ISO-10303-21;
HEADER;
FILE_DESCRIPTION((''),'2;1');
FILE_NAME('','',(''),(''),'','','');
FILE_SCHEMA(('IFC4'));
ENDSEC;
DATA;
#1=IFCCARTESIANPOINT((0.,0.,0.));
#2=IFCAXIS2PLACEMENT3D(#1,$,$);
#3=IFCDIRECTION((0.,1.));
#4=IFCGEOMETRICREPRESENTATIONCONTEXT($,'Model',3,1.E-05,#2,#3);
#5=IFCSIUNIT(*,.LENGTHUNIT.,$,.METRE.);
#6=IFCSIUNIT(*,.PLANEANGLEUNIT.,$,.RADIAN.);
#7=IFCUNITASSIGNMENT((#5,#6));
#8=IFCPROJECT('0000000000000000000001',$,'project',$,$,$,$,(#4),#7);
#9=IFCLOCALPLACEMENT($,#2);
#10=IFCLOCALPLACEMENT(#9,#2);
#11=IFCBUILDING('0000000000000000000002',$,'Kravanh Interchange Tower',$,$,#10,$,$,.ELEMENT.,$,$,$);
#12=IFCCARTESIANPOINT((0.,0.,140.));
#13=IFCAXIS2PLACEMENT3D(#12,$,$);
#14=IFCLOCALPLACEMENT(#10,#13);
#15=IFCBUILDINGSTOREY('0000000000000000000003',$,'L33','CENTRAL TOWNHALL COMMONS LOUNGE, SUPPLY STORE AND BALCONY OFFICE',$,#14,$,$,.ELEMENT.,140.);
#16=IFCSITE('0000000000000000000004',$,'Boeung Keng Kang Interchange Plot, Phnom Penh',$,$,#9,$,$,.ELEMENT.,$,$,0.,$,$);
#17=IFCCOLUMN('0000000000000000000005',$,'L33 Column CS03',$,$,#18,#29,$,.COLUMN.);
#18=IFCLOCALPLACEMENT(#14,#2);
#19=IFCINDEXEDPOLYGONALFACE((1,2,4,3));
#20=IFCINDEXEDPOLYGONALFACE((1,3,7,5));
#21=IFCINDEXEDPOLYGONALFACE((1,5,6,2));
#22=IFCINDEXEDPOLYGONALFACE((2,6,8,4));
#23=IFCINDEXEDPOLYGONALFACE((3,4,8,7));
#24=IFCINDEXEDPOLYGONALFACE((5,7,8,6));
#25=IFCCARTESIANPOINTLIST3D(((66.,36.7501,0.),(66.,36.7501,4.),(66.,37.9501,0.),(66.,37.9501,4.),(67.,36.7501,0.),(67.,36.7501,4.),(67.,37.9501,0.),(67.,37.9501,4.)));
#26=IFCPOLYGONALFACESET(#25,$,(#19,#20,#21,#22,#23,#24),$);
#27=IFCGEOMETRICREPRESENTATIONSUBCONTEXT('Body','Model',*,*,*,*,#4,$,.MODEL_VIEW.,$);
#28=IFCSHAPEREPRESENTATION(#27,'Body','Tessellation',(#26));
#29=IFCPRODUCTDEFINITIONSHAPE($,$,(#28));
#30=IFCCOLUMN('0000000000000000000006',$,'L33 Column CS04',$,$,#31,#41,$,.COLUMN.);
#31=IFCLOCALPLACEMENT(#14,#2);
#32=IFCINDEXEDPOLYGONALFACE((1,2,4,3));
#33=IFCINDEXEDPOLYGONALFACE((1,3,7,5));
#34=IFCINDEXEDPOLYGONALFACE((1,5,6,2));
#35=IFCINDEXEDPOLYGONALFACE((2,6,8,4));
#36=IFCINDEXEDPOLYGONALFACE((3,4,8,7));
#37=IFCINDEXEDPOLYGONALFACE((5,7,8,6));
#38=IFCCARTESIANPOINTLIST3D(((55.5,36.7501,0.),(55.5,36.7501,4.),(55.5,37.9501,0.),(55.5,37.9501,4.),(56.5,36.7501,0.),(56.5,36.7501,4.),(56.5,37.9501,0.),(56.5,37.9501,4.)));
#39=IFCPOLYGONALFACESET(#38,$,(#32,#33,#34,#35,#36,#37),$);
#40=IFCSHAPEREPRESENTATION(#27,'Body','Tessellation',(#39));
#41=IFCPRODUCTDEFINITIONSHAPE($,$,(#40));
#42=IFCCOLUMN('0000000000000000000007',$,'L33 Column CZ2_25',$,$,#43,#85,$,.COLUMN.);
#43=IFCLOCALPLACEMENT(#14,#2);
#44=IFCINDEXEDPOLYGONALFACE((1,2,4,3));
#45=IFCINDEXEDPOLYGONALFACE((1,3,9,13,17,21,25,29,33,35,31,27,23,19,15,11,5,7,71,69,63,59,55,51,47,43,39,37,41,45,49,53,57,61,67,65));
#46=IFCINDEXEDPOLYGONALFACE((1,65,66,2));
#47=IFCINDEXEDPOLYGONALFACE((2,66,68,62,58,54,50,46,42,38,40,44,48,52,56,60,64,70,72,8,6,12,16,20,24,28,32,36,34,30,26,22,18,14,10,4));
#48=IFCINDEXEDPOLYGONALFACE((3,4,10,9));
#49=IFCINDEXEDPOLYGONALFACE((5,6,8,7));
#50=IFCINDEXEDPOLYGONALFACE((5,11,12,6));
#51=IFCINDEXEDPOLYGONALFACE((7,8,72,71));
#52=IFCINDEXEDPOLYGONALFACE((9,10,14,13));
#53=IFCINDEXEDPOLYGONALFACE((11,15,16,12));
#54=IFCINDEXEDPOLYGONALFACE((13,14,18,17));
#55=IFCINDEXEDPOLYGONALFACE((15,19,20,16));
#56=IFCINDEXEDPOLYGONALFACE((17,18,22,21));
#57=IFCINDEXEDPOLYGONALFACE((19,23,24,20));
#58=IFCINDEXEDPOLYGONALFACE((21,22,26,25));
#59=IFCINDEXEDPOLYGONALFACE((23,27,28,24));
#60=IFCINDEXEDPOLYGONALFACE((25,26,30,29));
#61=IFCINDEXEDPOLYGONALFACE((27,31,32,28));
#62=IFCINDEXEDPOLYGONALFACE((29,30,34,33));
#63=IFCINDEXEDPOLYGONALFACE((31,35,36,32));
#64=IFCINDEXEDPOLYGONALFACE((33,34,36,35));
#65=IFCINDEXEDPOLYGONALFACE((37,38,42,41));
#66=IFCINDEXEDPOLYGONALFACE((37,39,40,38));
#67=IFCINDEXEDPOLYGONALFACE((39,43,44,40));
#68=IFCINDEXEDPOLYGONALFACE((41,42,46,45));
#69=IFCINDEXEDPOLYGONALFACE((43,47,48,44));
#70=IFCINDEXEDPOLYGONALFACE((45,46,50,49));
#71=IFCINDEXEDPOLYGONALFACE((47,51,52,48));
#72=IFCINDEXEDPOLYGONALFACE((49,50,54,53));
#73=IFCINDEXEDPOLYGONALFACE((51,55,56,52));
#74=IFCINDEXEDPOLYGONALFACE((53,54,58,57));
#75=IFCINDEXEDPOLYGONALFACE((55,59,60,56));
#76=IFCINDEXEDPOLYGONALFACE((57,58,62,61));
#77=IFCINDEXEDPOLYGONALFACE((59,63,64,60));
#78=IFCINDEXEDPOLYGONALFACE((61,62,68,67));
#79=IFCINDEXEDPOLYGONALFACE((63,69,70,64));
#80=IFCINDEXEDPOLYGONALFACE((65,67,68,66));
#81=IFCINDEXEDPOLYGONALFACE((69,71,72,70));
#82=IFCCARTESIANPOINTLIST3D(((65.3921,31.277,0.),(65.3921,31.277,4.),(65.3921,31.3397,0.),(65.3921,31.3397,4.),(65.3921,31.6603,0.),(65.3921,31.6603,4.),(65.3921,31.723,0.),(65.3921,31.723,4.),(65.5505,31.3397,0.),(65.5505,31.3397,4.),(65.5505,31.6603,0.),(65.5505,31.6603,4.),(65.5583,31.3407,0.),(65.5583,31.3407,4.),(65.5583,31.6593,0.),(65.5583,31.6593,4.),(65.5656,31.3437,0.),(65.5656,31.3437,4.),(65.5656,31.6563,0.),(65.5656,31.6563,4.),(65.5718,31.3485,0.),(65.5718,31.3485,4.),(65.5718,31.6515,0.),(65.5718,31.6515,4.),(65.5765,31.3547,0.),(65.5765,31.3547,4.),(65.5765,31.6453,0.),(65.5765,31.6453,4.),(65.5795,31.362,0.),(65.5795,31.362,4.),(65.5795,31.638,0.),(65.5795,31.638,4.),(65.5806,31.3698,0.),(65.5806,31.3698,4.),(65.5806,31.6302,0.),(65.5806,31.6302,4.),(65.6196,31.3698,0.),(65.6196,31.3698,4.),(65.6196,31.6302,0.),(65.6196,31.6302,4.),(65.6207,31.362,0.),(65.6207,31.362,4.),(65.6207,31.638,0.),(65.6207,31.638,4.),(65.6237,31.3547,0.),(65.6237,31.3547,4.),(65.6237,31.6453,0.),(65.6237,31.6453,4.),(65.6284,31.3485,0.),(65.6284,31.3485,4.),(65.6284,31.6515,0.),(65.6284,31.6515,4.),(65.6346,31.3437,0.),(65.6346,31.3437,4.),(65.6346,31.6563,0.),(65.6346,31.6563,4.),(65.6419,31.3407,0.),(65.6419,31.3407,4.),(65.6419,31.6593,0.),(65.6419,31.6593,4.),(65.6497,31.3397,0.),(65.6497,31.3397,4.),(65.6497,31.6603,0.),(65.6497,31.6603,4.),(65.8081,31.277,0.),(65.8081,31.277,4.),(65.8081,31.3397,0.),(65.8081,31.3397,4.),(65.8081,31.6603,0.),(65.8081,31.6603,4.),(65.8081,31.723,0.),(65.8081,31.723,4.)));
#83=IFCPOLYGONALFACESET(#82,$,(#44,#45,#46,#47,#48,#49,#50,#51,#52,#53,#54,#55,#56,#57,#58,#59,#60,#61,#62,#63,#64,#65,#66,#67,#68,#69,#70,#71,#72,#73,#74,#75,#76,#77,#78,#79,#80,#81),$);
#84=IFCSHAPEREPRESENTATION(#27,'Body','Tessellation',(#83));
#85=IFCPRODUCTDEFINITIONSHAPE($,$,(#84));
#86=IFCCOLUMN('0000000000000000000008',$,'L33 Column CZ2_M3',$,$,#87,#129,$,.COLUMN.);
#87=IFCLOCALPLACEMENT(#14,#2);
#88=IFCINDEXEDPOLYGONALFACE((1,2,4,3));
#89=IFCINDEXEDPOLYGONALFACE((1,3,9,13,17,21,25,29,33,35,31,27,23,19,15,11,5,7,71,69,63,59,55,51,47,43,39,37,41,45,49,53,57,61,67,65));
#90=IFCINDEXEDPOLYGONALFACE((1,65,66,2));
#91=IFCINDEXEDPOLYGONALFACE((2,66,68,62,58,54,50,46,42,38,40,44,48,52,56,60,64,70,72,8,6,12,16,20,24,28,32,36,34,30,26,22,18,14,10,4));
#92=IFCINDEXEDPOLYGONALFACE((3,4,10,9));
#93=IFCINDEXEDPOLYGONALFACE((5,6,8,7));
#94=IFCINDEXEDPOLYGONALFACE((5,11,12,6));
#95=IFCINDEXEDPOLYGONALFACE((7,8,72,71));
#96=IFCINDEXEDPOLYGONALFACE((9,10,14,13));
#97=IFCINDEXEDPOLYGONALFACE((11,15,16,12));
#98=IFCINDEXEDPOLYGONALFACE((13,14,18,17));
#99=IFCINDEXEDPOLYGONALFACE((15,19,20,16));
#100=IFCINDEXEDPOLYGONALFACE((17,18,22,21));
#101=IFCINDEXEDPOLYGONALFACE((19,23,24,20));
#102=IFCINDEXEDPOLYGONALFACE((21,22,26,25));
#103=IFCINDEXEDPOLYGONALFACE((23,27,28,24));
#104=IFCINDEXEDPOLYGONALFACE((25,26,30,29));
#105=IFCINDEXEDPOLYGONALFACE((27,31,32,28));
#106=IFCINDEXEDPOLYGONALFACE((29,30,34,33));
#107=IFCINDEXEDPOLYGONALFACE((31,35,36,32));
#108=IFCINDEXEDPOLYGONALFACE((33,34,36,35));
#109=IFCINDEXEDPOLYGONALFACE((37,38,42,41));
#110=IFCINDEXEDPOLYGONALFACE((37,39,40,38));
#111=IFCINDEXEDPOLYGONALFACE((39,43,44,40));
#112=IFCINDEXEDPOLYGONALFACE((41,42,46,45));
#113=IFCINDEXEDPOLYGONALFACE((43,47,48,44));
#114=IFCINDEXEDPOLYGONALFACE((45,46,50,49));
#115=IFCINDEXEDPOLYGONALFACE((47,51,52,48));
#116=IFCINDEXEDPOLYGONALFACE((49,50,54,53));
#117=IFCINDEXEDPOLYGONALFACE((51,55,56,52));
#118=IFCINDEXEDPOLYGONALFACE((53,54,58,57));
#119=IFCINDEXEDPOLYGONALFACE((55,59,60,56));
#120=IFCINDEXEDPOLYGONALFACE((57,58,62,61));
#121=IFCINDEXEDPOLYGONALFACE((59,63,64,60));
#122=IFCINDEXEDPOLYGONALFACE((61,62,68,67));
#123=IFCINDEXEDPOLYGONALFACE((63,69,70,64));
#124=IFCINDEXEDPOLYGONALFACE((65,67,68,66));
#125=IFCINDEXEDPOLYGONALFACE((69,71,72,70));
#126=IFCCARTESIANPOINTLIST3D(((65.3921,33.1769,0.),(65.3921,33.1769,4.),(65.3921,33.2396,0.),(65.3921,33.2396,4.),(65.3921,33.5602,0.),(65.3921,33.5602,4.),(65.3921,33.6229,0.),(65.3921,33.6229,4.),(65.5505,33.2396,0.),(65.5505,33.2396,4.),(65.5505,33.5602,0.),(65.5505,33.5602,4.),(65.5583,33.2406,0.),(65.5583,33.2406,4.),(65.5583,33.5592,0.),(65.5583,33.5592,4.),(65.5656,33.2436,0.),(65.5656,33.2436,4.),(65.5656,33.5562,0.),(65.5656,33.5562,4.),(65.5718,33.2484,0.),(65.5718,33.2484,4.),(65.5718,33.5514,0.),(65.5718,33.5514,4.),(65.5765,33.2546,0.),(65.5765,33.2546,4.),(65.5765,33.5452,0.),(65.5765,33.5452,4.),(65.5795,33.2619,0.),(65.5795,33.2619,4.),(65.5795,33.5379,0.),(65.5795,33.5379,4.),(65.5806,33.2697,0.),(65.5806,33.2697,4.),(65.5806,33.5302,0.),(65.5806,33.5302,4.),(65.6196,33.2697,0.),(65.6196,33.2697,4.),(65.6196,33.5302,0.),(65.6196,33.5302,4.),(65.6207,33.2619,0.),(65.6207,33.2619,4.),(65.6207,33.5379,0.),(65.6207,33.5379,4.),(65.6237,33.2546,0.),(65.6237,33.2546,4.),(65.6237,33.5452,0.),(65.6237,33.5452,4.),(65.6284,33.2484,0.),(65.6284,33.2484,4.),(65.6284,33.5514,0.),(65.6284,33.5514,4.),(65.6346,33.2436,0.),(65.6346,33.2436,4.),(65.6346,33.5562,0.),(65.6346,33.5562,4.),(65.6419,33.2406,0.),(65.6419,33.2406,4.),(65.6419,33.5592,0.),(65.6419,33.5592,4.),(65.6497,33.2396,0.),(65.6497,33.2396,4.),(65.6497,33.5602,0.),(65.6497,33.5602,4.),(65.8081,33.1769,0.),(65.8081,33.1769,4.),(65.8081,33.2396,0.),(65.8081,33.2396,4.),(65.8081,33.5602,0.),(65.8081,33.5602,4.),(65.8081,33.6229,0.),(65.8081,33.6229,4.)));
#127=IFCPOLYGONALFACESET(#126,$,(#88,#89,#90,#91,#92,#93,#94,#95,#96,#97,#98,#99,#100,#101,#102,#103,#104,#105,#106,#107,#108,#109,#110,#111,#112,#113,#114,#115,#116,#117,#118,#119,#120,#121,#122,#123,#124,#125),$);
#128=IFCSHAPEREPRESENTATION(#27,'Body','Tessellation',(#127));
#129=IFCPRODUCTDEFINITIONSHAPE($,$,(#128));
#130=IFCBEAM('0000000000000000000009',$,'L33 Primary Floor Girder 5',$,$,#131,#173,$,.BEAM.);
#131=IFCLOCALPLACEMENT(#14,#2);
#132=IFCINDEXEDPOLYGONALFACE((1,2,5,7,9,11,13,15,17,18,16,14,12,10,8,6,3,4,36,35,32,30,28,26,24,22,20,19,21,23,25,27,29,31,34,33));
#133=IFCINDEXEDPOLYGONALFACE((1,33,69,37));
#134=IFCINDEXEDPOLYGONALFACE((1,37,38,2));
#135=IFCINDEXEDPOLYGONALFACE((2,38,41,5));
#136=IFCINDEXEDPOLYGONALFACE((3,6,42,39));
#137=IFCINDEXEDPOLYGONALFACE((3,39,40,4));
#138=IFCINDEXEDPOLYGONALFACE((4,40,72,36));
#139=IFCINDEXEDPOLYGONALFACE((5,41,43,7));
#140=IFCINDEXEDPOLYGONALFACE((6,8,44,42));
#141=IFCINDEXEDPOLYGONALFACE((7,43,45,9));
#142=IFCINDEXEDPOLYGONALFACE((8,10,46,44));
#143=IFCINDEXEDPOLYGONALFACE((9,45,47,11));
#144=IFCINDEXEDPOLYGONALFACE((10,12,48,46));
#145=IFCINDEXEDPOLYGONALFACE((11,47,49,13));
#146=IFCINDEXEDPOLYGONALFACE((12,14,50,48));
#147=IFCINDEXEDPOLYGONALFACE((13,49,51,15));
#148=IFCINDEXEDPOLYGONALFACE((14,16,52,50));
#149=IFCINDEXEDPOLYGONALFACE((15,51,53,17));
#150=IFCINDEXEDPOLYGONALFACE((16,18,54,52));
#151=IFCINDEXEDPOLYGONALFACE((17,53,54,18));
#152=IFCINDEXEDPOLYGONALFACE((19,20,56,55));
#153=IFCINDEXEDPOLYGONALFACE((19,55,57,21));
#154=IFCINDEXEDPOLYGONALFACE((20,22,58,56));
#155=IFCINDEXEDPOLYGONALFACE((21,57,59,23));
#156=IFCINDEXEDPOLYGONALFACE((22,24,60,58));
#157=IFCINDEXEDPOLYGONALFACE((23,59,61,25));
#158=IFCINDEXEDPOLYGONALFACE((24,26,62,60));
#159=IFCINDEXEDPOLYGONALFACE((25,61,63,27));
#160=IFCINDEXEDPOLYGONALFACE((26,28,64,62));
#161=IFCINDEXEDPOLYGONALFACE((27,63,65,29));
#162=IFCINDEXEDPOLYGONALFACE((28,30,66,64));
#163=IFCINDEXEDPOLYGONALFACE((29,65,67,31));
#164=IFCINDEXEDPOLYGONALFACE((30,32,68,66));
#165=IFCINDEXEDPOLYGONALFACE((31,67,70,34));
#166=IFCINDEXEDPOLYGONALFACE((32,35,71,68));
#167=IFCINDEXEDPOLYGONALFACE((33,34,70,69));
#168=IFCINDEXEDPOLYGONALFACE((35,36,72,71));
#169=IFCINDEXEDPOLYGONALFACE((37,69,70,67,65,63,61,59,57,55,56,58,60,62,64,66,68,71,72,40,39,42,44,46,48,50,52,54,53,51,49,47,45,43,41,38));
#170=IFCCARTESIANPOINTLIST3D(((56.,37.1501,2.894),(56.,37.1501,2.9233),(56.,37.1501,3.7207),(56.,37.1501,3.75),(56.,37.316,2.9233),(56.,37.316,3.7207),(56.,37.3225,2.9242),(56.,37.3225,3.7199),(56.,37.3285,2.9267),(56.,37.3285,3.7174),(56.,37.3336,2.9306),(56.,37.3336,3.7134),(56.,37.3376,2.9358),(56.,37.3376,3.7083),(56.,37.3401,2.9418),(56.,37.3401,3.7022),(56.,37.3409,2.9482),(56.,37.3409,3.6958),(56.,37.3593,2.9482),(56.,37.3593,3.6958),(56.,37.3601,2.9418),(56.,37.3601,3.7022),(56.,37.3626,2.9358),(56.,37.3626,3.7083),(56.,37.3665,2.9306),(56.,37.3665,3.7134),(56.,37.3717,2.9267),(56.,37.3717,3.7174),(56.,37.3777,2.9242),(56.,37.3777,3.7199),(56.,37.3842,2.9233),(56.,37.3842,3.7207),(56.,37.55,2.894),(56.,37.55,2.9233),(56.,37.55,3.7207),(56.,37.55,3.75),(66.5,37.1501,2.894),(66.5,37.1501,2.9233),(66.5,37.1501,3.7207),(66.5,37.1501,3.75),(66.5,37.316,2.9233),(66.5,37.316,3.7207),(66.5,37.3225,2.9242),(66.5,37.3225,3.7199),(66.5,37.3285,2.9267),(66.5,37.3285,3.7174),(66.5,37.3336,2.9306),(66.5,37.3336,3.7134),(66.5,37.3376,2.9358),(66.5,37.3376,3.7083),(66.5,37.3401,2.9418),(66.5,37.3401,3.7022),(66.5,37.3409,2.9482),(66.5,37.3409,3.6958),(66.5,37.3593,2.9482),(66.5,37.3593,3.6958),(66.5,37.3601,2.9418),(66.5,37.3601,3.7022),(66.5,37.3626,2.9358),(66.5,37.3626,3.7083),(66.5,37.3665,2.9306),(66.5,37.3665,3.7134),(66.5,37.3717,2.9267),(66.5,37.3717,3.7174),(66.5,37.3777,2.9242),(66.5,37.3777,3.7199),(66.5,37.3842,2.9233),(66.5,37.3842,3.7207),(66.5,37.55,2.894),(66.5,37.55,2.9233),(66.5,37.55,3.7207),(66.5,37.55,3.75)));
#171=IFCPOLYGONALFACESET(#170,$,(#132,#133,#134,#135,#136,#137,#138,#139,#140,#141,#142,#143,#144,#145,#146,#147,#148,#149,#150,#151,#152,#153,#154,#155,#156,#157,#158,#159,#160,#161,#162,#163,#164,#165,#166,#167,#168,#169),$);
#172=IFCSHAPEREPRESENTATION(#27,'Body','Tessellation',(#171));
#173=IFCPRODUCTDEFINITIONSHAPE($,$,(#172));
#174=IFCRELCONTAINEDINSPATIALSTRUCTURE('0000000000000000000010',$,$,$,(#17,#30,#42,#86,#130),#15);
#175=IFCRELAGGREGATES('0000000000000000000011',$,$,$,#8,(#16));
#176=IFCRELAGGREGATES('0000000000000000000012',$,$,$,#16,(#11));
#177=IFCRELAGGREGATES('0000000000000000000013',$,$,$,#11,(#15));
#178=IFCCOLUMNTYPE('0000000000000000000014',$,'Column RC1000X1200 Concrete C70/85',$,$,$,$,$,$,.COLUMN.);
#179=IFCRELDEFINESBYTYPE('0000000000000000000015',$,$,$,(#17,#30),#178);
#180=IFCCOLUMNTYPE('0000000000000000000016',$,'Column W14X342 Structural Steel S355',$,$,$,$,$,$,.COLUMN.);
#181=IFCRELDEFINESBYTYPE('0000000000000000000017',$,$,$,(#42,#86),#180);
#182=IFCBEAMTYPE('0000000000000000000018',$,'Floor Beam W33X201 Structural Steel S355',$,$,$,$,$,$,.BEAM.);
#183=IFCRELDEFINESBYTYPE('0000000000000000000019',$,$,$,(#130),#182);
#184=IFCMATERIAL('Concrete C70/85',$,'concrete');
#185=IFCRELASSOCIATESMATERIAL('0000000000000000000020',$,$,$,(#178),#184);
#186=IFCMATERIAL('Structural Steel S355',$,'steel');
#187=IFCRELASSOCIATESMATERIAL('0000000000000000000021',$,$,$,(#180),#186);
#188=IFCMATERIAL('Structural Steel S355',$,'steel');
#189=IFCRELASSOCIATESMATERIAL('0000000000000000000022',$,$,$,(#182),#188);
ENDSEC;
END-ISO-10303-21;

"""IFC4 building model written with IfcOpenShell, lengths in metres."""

from ifc_helpers import new_model, si_unit, direction, frame, origin, origin_2d, place, context, subcontext, project, spatial, rectangle, i_section, extrude, material, material_profile, profile_set, type_object, element, save


model = new_model("IFC4")

# Units and contexts
model_context = context("Model", 3, precision=1e-05, world=origin(), true_north=direction((0.0, 1.0)))
body_context = subcontext(model_context, "Body", "Model", "MODEL_VIEW")
ifc_project = project(units=[si_unit("LENGTHUNIT", "METRE"), si_unit("PLANEANGLEUNIT", "RADIAN")], contexts=[model_context])

# Site, building, storey
site_placement = place(None, origin())
site = spatial("IfcSite", under=ifc_project, at=site_placement, Name="Boeung Keng Kang Interchange Plot, Phnom Penh", CompositionType="ELEMENT", RefElevation=0.0)
building_placement = place(site_placement, origin())
building = spatial("IfcBuilding", under=site, at=building_placement, Name="Kravanh Interchange Tower", CompositionType="ELEMENT")
storey_placement = place(building_placement, frame((0.0, 0.0, 140.0)))
storey = spatial("IfcBuildingStorey", under=building, at=storey_placement, Name="L33", Description="CENTRAL TOWNHALL COMMONS LOUNGE, SUPPLY STORE AND BALCONY OFFICE", CompositionType="ELEMENT", Elevation=140.0)

# Columns
ifc_material_1 = material(Name="Concrete C70/85", Category="concrete")
ifc_material_profile_1 = material_profile(ifc_material_1, rectangle(XDim=1.0, YDim=1.2, at=origin_2d()), Name="RC1000X1200")
ifc_profile_set_1 = profile_set([ifc_material_profile_1], Name="Concrete C70/85")
column_type_1 = type_object("IfcColumnType", Name="Column RC1000X1200 Concrete C70/85", PredefinedType="COLUMN", material=ifc_profile_set_1)
for number, where, z_axis, x_axis, name in (
    (1, (66.5, 37.3501, 0.0), (0.0, 0.0, 1.0), (1.0, 0.0, 0.0), "L33 Column CS03"),
    (2, (56.0, 37.3501, 0.0), (0.0, 0.0, 1.0), (1.0, 0.0, 0.0), "L33 Column CS04"),
):
    element("IfcColumn", number, at=place(storey_placement, frame(where, z_axis=z_axis, x_axis=x_axis)), inside=storey, type_object=column_type_1, Name=name, PredefinedType="COLUMN", context=body_context, shape_type="SweptSolid", body=[
        extrude(rectangle(XDim=1.0, YDim=1.2, at=origin_2d()), origin(), (0.0, 0.0, 1.0), 4.0),
    ])
ifc_material_2 = material(Name="Structural Steel S355", Category="steel")
ifc_material_profile_2 = material_profile(ifc_material_2, i_section(OverallWidth=0.416, OverallDepth=0.446, WebThickness=0.0391, FlangeThickness=0.0627, FilletRadius=0.03, at=origin_2d()), Name="W14X342")
ifc_profile_set_2 = profile_set([ifc_material_profile_2], Name="Structural Steel S355")
column_type_2 = type_object("IfcColumnType", Name="Column W14X342 Structural Steel S355", PredefinedType="COLUMN", material=ifc_profile_set_2)
for number, where, z_axis, x_axis, name in (
    (3, (65.6001, 31.5, 0.0), (0.0, 0.0, 1.0), (1.0, 0.0, 0.0), "L33 Column CZ2_25"),
    (4, (65.6001, 33.3999, 0.0), (0.0, 0.0, 1.0), (1.0, 0.0, 0.0), "L33 Column CZ2_M3"),
):
    element("IfcColumn", number, at=place(storey_placement, frame(where, z_axis=z_axis, x_axis=x_axis)), inside=storey, type_object=column_type_2, Name=name, PredefinedType="COLUMN", context=body_context, shape_type="SweptSolid", body=[
        extrude(i_section(OverallWidth=0.416, OverallDepth=0.446, WebThickness=0.0391, FlangeThickness=0.0627, FilletRadius=0.03, at=origin_2d()), origin(), (0.0, 0.0, 1.0), 4.0),
    ])

# Beam
ifc_material_3 = material(Name="Structural Steel S355", Category="steel")
ifc_material_profile_3 = material_profile(ifc_material_3, i_section(OverallWidth=0.3999, OverallDepth=0.856, WebThickness=0.0183, FlangeThickness=0.0293, FilletRadius=0.0249, at=origin_2d()), Name="W33X201")
ifc_profile_set_3 = profile_set([ifc_material_profile_3], Name="Structural Steel S355")
beam_type_1 = type_object("IfcBeamType", Name="Floor Beam W33X201 Structural Steel S355", PredefinedType="BEAM", material=ifc_profile_set_3)
beam_1_placement = place(storey_placement, frame((66.5, 37.3501, 3.322), z_axis=(-1.0, 0.0, 0.0), x_axis=(0.0, -1.0, 0.0)))
element("IfcBeam", 5, at=beam_1_placement, inside=storey, type_object=beam_type_1, Name="L33 Primary Floor Girder 5", PredefinedType="BEAM", context=body_context, shape_type="SweptSolid", body=[
    extrude(i_section(OverallWidth=0.3999, OverallDepth=0.856, WebThickness=0.0183, FlangeThickness=0.0293, FilletRadius=0.0249, at=origin_2d()), origin(), (0.0, 0.0, 1.0), 10.5),
])

save(model, "model.ifc")
